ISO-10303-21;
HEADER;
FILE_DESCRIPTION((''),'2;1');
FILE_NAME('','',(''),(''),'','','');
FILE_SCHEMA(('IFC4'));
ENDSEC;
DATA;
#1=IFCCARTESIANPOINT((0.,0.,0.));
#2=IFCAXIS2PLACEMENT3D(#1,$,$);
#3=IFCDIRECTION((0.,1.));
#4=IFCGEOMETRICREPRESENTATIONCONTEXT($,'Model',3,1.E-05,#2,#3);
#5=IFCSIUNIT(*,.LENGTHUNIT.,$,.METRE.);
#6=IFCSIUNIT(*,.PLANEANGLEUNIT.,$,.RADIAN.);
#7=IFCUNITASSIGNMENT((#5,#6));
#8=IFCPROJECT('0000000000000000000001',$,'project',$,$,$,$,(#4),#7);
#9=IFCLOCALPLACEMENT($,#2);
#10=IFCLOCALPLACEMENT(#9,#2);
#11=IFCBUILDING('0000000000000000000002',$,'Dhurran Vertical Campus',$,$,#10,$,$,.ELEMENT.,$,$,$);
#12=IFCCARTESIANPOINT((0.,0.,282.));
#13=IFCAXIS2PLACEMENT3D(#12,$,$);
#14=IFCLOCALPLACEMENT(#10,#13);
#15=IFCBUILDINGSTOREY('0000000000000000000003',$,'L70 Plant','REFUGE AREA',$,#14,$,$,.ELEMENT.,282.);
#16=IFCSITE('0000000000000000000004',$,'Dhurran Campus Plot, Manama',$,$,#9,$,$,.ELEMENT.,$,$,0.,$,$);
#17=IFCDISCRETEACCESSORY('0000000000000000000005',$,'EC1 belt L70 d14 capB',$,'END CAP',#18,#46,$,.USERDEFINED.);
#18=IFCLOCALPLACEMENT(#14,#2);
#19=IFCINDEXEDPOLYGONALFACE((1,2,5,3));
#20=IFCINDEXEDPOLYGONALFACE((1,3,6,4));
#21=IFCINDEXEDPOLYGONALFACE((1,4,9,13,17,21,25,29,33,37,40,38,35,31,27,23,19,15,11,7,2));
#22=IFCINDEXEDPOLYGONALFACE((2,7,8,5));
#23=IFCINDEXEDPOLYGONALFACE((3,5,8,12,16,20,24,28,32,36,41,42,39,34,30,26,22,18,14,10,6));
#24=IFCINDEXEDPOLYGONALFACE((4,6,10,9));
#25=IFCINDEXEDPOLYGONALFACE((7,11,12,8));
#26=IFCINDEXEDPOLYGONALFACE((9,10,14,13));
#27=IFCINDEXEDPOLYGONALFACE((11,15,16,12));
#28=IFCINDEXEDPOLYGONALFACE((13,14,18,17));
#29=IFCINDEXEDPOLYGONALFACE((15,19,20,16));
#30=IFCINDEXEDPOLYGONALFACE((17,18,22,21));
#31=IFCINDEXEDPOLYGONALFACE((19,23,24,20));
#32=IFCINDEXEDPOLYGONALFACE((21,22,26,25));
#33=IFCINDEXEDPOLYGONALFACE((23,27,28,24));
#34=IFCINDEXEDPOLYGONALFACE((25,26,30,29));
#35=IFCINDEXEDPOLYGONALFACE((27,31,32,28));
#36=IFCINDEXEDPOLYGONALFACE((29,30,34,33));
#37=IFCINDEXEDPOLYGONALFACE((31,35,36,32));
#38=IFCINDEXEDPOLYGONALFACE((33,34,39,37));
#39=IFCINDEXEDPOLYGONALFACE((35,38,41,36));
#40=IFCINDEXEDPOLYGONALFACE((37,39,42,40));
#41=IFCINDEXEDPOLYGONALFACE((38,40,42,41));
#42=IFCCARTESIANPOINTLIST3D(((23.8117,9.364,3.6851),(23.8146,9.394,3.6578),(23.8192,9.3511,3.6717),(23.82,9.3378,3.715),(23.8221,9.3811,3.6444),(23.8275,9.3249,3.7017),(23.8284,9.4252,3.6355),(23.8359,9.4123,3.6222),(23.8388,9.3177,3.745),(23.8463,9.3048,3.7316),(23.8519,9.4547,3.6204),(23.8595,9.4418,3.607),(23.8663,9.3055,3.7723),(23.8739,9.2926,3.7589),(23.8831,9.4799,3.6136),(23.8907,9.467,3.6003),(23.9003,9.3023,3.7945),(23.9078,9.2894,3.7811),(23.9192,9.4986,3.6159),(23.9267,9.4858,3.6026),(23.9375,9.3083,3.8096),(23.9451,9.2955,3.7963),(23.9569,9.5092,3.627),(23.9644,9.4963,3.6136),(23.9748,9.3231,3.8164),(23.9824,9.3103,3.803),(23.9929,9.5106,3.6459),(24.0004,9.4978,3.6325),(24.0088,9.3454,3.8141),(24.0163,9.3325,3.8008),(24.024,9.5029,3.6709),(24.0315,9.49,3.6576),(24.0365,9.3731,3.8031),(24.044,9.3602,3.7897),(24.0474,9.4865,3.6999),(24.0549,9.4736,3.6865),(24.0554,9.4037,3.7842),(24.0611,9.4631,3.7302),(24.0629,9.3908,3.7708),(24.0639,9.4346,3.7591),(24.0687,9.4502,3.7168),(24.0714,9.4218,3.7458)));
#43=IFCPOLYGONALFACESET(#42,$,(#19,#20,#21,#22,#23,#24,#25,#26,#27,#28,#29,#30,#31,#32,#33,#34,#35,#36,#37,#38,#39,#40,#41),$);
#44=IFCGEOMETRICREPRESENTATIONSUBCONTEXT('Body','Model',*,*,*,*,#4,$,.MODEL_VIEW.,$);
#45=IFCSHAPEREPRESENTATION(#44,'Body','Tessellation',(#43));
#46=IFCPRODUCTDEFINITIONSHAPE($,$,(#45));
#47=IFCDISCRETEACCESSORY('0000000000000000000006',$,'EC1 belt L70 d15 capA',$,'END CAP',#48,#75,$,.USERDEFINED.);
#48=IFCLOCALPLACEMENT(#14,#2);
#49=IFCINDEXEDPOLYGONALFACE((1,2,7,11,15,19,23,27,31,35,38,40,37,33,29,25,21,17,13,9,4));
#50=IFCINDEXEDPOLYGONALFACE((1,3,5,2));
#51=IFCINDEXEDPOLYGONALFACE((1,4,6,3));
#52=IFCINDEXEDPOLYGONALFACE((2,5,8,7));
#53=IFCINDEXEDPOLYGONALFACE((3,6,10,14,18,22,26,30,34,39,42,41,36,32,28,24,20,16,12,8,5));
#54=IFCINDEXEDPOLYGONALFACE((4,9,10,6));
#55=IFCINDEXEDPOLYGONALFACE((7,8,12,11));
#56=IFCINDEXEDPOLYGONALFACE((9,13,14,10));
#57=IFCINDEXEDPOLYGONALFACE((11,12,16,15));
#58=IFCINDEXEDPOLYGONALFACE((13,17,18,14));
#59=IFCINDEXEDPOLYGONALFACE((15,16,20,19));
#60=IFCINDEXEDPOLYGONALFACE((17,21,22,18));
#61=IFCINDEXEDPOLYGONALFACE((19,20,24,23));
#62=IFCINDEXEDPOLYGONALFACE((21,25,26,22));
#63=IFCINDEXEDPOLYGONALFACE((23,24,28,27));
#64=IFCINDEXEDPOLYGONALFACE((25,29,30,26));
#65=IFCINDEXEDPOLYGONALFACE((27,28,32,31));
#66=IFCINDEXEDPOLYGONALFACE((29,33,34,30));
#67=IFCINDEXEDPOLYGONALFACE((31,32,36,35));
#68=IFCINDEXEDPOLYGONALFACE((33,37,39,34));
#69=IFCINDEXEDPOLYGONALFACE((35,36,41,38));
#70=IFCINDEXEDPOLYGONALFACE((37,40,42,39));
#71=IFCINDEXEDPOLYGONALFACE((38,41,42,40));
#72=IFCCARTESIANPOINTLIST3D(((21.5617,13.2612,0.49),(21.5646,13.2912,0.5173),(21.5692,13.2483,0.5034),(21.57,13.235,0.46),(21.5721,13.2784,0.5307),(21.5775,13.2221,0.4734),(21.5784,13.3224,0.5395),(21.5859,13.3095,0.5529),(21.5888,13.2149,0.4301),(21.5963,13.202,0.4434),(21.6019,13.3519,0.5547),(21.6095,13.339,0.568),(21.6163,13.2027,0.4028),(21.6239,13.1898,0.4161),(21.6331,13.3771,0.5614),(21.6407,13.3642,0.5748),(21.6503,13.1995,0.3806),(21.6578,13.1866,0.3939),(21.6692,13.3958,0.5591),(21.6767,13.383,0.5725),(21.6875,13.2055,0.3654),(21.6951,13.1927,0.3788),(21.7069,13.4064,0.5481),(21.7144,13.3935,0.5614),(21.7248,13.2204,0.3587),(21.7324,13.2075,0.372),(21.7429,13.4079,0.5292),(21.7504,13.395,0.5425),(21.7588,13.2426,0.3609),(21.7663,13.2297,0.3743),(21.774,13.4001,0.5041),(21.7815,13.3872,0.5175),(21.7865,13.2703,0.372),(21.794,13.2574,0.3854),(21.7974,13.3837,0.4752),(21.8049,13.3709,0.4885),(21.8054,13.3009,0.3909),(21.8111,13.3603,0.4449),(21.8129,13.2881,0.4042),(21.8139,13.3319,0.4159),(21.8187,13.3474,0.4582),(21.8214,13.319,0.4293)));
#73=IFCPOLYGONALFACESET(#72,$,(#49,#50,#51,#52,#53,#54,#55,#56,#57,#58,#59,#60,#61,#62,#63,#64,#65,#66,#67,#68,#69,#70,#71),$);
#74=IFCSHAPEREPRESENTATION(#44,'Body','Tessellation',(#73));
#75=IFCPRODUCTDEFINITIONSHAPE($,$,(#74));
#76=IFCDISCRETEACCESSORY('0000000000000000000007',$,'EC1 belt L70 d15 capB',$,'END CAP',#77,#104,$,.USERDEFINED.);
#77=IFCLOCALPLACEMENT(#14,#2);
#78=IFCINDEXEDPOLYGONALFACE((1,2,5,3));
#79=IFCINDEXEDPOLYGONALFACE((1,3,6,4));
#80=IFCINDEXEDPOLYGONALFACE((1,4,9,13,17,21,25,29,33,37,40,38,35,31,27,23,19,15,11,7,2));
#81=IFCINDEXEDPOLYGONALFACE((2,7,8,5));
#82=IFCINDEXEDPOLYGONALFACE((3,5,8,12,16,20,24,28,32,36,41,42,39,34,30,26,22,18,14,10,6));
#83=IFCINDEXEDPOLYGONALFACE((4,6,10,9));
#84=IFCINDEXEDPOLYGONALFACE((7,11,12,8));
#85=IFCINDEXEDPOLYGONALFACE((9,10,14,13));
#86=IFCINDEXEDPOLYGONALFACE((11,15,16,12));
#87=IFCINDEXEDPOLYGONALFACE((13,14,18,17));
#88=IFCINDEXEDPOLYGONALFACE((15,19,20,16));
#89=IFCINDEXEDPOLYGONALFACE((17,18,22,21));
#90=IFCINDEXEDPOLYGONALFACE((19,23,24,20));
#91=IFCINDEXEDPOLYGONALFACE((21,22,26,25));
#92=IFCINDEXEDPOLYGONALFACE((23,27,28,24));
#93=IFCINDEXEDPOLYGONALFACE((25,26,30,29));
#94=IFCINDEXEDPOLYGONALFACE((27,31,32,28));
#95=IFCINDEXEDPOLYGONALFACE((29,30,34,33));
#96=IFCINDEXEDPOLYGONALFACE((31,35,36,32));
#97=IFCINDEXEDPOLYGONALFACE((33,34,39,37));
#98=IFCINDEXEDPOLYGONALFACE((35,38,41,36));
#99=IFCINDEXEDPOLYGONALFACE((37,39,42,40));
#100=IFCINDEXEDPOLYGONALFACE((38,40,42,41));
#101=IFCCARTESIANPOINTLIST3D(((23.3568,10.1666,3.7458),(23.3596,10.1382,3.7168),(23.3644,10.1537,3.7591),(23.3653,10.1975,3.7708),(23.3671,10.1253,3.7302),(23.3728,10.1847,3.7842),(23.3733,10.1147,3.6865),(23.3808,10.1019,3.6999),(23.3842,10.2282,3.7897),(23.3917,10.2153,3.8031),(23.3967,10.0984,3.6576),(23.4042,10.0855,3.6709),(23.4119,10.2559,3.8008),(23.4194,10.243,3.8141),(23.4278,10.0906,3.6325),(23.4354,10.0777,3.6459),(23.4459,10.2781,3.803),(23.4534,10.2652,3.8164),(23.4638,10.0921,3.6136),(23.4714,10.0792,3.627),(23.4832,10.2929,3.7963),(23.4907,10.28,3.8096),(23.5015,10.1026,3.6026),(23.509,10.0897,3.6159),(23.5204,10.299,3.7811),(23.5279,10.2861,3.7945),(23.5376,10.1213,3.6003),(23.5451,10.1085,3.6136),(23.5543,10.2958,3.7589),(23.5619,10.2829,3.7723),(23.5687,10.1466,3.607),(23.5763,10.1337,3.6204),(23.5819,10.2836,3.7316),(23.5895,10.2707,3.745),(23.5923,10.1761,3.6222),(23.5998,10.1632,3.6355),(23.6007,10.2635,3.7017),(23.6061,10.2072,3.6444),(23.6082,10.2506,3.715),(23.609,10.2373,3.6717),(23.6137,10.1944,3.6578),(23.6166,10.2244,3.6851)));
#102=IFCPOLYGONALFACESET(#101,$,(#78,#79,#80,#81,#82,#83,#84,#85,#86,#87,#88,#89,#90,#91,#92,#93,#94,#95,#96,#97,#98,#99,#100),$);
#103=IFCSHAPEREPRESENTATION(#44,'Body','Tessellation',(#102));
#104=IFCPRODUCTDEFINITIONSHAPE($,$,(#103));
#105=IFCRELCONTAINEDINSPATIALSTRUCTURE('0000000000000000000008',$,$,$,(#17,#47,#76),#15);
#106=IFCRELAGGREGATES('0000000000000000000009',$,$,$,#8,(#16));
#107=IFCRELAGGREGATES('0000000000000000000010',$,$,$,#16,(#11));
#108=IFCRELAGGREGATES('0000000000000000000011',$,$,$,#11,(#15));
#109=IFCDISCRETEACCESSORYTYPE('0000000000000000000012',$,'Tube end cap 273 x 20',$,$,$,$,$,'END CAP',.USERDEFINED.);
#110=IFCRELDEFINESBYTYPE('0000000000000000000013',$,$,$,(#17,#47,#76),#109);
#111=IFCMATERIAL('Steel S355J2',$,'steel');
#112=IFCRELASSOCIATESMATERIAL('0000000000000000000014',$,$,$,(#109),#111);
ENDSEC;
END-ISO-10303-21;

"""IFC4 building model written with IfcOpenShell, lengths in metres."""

from ifc_helpers import new_model, si_unit, direction, frame, origin, origin_2d, place, context, subcontext, project, spatial, circle, extrude, material, material_profile, profile_set, type_object, element, save


model = new_model("IFC4")

# Units and contexts
model_context = context("Model", 3, precision=1e-05, world=origin(), true_north=direction((0.0, 1.0)))
body_context = subcontext(model_context, "Body", "Model", "MODEL_VIEW")
ifc_project = project(units=[si_unit("LENGTHUNIT", "METRE"), si_unit("PLANEANGLEUNIT", "RADIAN")], contexts=[model_context])

# Site, building, storey
site_placement = place(None, origin())
site = spatial("IfcSite", under=ifc_project, at=site_placement, Name="Dhurran Campus Plot, Manama", CompositionType="ELEMENT", RefElevation=0.0)
building_placement = place(site_placement, origin())
building = spatial("IfcBuilding", under=site, at=building_placement, Name="Dhurran Vertical Campus", CompositionType="ELEMENT")
storey_placement = place(building_placement, frame((0.0, 0.0, 282.0)))
storey = spatial("IfcBuildingStorey", under=building, at=storey_placement, Name="L70 Plant", Description="REFUGE AREA", CompositionType="ELEMENT", Elevation=282.0)

# Discrete accessories
ifc_material_1 = material(Name="Steel S355J2", Category="steel")
ifc_material_profile_1 = material_profile(ifc_material_1, circle(Radius=0.1365, at=origin_2d()), Name="Tube end cap 273 x 20")
ifc_profile_set_1 = profile_set([ifc_material_profile_1], Name="Steel S355J2")
discrete_accessory_type = type_object("IfcDiscreteAccessoryType", Name="Tube end cap 273 x 20", ElementType="END CAP", PredefinedType="USERDEFINED", material=ifc_profile_set_1)
for number, where, z_axis, x_axis, name in (
    (1, (23.9453, 9.3938, 3.7017), (-0.376069, 0.642956, 0.667218), (-0.863188, -0.504883, 0.0), "EC1 belt L70 d14 capB"),
    (2, (21.6953, 13.291, 0.4734), (-0.376069, 0.642956, -0.667218), (-0.863188, -0.504883, 0.0), "EC1 belt L70 d15 capA"),
    (3, (23.4829, 10.1946, 3.7017), (0.376069, -0.642956, 0.667218), (0.863188, 0.504883, 0.0), "EC1 belt L70 d15 capB"),
):
    element("IfcDiscreteAccessory", number, at=place(storey_placement, frame(where, z_axis=z_axis, x_axis=x_axis)), inside=storey, type_object=discrete_accessory_type, Name=name, ObjectType="END CAP", PredefinedType="USERDEFINED", context=body_context, shape_type="SweptSolid", body=[
        extrude(circle(Radius=0.1365, at=origin_2d()), origin(), (0.0, 0.0, 1.0), 0.02),
    ])

save(model, "model.ifc")
